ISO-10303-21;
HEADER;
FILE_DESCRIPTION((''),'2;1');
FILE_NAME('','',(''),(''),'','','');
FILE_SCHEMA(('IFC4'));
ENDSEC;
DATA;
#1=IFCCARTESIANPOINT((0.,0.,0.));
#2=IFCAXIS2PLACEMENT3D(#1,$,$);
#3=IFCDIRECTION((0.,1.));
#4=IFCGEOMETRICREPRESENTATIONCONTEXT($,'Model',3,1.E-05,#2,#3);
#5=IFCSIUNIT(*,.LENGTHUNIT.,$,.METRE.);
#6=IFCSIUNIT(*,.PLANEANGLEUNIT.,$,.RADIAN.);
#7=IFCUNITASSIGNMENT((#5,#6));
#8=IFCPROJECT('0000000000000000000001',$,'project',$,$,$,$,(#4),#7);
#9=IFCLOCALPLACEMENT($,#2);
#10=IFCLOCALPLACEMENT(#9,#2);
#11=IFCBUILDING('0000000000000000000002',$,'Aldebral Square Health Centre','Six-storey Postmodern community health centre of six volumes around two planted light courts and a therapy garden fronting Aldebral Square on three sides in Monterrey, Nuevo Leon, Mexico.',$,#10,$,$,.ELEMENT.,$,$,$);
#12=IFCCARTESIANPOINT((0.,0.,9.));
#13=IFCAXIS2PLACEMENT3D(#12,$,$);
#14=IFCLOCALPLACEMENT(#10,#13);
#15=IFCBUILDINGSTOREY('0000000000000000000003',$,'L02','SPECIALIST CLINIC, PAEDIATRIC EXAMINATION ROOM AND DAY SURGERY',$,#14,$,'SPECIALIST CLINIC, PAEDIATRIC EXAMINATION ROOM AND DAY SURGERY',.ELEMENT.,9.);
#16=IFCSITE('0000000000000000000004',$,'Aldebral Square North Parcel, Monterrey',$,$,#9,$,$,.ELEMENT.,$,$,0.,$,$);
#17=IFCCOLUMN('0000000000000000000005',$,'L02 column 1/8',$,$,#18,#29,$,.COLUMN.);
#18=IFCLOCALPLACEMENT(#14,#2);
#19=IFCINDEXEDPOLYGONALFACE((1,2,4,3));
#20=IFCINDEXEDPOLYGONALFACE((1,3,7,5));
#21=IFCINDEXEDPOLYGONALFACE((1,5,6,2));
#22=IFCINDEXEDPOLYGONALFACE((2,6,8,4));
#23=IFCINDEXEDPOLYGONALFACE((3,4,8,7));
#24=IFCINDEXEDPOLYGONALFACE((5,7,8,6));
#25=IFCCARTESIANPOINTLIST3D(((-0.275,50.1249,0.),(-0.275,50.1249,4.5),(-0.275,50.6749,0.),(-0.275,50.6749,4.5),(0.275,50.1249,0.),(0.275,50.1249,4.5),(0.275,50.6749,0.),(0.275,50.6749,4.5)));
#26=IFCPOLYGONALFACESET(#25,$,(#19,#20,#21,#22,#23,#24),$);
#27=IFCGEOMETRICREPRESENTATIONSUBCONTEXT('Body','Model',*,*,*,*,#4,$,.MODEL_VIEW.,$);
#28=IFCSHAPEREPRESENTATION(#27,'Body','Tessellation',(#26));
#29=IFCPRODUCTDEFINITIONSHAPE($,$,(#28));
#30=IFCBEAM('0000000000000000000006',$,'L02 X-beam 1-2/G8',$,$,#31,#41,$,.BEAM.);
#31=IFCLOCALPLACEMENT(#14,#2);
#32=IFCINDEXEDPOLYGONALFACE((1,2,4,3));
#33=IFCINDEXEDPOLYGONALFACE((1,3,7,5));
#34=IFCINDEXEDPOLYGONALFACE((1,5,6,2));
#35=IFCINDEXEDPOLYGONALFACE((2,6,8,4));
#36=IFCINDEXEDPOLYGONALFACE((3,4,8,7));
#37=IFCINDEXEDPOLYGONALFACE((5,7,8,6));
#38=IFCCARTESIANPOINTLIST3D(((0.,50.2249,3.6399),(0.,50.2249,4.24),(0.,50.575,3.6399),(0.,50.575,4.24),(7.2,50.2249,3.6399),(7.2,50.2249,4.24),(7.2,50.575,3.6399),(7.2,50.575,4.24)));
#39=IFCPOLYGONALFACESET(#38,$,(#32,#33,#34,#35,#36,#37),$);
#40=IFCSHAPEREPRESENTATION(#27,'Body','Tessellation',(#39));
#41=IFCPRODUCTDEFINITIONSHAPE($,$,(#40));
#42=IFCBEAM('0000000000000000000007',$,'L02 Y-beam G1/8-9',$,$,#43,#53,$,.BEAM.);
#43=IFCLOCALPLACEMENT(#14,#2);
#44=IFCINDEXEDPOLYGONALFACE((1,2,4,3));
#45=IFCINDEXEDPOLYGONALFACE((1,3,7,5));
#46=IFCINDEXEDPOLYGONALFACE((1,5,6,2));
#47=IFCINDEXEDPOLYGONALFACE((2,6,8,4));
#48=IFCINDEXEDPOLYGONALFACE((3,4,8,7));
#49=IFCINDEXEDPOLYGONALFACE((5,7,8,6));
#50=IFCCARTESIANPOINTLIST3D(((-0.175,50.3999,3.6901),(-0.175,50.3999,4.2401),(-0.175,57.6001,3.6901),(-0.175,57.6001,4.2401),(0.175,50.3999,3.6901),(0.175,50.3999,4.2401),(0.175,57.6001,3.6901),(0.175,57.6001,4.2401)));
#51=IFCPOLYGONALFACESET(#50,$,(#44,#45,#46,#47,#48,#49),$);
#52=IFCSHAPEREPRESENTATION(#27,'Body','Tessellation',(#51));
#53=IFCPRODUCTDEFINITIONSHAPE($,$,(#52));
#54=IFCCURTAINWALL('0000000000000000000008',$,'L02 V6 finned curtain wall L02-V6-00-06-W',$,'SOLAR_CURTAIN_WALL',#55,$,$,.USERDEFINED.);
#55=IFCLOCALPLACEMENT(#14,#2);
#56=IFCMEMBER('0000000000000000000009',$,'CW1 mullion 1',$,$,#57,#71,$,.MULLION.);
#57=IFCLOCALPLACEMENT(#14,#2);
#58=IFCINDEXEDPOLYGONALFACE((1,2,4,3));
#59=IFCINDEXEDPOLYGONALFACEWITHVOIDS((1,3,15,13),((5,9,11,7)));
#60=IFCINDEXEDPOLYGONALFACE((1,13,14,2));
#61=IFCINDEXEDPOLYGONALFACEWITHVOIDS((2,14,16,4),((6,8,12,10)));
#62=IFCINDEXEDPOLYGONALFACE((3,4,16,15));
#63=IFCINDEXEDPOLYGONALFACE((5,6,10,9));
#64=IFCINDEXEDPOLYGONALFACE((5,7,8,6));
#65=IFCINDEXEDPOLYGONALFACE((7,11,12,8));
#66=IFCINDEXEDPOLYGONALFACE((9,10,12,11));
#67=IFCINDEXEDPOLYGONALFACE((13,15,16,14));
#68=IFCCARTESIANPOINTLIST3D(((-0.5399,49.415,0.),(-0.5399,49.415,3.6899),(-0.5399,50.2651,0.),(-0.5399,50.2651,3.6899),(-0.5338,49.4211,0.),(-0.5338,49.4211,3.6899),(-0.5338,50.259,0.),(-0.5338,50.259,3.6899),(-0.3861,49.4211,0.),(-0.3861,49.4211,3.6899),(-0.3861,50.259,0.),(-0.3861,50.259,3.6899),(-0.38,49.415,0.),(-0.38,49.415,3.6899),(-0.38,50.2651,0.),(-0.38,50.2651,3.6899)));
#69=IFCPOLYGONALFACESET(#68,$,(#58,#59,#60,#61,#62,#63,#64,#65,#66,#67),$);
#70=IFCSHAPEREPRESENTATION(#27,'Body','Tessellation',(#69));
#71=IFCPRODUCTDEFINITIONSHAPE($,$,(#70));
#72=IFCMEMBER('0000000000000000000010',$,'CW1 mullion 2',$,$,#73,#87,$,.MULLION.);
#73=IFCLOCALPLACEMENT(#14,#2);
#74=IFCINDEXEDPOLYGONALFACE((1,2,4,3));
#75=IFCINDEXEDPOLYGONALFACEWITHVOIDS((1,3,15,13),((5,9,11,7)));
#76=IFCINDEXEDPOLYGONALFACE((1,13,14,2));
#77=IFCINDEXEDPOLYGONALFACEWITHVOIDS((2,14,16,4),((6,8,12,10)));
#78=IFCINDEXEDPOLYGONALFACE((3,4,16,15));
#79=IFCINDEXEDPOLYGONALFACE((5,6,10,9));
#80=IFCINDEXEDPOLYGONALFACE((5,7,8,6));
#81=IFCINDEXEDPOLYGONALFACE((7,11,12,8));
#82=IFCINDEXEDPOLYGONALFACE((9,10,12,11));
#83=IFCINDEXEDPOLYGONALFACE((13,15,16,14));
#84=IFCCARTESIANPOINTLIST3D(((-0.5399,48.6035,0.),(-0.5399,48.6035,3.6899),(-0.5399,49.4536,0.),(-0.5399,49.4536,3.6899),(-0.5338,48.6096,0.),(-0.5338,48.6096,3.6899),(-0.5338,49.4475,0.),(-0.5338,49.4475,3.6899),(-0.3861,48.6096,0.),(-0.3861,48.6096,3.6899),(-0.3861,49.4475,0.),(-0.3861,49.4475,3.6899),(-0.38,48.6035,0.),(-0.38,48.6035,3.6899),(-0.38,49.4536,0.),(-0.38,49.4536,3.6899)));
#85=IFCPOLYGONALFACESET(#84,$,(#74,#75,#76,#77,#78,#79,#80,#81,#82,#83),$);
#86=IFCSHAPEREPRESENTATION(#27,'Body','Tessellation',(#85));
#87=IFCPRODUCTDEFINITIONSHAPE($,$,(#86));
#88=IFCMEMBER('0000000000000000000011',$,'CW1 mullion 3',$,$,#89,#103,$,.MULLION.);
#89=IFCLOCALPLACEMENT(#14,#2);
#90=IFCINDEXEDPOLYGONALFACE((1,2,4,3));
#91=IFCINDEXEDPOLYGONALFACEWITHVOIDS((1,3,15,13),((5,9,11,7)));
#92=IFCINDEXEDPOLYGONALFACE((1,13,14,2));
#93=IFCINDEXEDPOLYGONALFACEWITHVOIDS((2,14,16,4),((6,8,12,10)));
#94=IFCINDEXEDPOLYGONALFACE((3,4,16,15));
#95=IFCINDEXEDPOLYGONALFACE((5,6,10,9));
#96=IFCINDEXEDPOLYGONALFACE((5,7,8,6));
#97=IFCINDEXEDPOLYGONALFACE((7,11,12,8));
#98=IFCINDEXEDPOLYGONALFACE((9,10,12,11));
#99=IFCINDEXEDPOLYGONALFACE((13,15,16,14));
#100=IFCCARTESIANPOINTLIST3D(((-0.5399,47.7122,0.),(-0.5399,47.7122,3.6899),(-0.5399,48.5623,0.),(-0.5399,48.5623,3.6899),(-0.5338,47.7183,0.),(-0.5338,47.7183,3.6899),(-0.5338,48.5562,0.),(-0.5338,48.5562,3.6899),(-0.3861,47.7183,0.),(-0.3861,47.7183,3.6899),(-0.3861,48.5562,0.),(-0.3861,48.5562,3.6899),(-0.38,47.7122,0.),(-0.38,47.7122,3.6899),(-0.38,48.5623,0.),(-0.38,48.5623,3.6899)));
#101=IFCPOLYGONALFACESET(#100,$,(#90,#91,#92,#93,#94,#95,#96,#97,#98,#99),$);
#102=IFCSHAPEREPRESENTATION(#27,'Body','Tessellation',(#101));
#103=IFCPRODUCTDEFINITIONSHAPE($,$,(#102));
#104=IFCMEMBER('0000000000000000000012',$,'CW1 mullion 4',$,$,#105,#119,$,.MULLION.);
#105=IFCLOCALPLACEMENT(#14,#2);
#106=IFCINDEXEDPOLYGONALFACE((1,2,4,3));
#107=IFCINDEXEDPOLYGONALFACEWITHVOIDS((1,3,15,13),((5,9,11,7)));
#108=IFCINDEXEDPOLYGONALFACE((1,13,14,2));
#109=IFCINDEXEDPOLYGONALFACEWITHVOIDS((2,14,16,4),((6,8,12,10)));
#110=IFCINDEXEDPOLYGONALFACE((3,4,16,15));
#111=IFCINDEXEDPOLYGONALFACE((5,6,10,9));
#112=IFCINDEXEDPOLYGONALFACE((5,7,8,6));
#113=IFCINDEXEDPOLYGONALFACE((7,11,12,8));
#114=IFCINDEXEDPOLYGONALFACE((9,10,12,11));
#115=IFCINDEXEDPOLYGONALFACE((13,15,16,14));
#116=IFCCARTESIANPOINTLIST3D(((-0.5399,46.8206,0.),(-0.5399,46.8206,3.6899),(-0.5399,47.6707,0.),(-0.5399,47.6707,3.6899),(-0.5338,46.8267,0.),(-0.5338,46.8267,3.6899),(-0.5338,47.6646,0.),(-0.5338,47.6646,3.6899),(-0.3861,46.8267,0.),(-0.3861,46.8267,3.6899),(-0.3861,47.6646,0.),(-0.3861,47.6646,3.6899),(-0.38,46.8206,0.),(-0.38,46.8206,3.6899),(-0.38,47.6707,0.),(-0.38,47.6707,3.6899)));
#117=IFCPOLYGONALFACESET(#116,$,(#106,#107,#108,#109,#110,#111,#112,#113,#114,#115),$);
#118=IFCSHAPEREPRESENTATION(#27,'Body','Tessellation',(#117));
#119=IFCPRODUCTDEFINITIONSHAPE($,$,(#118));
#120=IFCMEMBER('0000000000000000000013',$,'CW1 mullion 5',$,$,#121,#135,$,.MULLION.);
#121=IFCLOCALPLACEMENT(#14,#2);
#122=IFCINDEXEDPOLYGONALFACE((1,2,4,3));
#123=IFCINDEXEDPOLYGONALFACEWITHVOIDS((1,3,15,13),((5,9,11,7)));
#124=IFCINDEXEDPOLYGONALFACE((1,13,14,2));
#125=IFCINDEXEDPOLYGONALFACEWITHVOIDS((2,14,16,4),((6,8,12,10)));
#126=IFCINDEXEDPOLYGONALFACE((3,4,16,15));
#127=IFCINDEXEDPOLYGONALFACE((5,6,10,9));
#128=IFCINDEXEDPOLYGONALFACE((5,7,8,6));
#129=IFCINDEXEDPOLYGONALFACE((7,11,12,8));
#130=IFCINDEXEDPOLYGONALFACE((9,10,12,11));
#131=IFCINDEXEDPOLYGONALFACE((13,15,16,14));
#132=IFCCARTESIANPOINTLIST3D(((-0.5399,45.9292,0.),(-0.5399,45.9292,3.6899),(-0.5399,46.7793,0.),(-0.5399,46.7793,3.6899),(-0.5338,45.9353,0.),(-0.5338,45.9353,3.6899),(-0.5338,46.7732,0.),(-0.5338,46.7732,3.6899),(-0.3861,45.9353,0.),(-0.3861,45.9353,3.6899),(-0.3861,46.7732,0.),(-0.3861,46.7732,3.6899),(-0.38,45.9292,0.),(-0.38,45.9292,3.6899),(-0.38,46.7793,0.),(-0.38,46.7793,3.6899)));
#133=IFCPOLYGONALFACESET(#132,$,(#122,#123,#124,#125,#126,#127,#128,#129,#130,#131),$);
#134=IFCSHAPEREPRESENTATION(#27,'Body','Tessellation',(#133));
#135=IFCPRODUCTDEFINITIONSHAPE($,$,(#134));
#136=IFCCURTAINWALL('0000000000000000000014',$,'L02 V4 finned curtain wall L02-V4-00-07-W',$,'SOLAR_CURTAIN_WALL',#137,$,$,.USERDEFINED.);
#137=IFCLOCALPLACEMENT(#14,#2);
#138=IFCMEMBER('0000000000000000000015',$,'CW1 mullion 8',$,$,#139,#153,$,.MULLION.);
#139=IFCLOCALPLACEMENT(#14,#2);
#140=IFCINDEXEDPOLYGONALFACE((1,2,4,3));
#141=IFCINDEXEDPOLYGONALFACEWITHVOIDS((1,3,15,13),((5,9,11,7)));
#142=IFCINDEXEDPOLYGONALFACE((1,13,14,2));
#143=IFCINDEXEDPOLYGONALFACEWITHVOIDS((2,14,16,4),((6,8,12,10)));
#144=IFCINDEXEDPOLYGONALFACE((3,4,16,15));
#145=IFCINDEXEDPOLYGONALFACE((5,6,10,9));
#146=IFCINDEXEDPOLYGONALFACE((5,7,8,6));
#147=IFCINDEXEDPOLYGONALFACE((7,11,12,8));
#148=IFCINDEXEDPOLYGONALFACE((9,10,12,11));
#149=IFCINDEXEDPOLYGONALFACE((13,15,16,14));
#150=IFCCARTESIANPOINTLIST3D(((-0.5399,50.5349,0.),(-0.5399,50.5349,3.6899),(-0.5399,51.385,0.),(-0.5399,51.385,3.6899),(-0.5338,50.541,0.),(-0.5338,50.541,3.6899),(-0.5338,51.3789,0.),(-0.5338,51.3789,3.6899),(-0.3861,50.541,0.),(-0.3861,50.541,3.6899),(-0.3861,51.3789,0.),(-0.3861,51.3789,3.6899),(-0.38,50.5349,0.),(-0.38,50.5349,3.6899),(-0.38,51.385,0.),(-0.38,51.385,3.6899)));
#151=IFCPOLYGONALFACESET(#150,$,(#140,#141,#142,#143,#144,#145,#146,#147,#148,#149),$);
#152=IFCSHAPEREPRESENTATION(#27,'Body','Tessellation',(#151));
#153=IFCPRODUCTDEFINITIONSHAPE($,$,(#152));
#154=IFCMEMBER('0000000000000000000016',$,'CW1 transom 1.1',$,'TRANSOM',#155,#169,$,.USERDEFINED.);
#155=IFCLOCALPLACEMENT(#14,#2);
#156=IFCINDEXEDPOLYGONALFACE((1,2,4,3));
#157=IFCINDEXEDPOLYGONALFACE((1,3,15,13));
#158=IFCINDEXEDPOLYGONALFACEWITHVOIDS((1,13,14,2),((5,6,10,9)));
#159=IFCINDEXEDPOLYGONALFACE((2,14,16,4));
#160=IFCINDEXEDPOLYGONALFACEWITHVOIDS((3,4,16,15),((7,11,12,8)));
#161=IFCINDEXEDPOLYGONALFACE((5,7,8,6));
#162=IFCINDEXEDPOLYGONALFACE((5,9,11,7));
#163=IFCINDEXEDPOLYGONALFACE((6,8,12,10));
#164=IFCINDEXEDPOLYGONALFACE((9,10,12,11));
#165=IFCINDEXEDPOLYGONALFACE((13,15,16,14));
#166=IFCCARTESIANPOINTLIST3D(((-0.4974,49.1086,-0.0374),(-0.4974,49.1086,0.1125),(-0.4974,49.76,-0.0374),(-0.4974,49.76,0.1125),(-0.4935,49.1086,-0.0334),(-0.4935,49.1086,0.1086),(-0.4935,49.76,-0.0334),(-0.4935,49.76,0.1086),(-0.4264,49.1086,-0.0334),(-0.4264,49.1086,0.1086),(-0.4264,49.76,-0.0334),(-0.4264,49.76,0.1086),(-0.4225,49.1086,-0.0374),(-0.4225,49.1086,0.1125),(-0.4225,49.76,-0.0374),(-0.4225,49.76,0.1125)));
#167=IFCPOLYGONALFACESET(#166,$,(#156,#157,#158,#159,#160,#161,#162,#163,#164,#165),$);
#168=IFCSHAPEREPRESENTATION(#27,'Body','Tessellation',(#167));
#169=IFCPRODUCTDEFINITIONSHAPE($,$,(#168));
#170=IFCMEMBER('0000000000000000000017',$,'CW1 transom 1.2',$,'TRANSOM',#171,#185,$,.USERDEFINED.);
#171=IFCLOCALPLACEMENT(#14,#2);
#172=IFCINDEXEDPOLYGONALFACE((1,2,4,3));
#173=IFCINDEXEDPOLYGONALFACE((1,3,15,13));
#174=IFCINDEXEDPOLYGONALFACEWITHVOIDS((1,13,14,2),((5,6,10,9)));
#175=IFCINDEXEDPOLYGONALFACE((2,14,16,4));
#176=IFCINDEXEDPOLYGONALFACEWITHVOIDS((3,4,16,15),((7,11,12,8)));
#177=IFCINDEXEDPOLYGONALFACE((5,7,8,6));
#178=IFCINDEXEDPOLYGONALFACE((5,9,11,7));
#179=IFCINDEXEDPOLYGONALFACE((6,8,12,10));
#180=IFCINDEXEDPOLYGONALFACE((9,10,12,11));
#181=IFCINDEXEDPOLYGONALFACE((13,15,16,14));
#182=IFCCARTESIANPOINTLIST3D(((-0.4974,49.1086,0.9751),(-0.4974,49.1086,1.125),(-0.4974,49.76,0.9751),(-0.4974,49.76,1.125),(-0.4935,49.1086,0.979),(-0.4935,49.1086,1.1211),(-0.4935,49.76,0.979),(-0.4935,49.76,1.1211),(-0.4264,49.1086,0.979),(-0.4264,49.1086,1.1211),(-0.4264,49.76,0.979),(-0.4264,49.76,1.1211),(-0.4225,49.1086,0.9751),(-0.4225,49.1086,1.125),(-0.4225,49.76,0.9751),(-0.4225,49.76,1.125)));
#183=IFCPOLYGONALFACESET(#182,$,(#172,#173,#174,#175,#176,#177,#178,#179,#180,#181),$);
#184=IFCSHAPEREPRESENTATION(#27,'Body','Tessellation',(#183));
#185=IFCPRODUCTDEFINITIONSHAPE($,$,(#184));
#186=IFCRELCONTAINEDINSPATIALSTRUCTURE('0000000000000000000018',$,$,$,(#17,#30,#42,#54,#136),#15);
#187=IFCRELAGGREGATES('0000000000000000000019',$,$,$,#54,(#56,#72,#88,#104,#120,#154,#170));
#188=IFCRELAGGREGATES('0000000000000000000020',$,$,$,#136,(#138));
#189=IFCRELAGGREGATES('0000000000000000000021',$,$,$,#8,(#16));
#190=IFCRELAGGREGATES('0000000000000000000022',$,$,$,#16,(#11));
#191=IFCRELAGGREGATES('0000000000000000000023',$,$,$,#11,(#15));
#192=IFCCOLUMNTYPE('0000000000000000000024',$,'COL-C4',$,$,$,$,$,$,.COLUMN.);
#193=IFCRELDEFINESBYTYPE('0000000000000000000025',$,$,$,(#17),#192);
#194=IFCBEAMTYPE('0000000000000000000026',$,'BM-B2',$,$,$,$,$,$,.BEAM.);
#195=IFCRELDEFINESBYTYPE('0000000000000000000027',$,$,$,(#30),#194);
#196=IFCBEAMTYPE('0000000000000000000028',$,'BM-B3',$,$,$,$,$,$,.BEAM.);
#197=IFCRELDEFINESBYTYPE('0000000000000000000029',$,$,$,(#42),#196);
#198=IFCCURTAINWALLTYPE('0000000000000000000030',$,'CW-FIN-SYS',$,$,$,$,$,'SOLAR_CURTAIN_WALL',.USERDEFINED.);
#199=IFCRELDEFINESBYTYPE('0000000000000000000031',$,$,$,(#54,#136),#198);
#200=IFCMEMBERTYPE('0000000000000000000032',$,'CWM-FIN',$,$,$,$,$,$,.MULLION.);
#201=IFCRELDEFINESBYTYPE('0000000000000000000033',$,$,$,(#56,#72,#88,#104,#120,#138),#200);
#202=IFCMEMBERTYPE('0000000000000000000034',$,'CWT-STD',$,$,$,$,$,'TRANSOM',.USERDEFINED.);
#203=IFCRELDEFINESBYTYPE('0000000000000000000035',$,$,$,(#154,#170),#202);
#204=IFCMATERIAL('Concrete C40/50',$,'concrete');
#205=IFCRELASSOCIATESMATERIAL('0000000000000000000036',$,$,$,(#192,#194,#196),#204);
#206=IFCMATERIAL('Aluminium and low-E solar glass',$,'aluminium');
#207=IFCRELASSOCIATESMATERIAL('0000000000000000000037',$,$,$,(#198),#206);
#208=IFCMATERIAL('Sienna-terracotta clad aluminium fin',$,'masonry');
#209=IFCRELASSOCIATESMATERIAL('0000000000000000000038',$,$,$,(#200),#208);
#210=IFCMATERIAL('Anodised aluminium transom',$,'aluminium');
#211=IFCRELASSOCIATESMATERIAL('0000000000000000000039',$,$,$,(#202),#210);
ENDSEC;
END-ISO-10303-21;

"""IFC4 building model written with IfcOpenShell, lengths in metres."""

from ifc_helpers import new_model, si_unit, direction, frame, origin, origin_2d, place, context, subcontext, project, spatial, rectangle, hollow_rectangle, extrude, material, material_profile, profile_set, type_object, element, aggregate, save


model = new_model("IFC4")

# Units and contexts
model_context = context("Model", 3, precision=1e-05, world=origin(), true_north=direction((0.0, 1.0)))
body_context = subcontext(model_context, "Body", "Model", "MODEL_VIEW")
ifc_project = project(units=[si_unit("LENGTHUNIT", "METRE"), si_unit("PLANEANGLEUNIT", "RADIAN")], contexts=[model_context])

# Site, building, storey
site_placement = place(None, origin())
site = spatial("IfcSite", under=ifc_project, at=site_placement, Name="Aldebral Square North Parcel, Monterrey", CompositionType="ELEMENT", RefElevation=0.0)
building_placement = place(site_placement, origin())
building = spatial("IfcBuilding", under=site, at=building_placement, Name="Aldebral Square Health Centre", Description="Six-storey Postmodern community health centre of six volumes around two planted light courts and a therapy garden fronting Aldebral Square on three sides in Monterrey, Nuevo Leon, Mexico.", CompositionType="ELEMENT")
storey_placement = place(building_placement, frame((0.0, 0.0, 9.0)))
storey = spatial("IfcBuildingStorey", under=building, at=storey_placement, Name="L02", Description="SPECIALIST CLINIC, PAEDIATRIC EXAMINATION ROOM AND DAY SURGERY", LongName="SPECIALIST CLINIC, PAEDIATRIC EXAMINATION ROOM AND DAY SURGERY", CompositionType="ELEMENT", Elevation=9.0)

# Column
ifc_material_1 = material(Name="Concrete C40/50", Category="concrete")
ifc_material_profile_1 = material_profile(ifc_material_1, rectangle(XDim=0.55, YDim=0.55, at=origin_2d()), Name="RC 550x550")
ifc_profile_set_1 = profile_set([ifc_material_profile_1], Name="Concrete C40/50")
column_type = type_object("IfcColumnType", Name="COL-C4", PredefinedType="COLUMN", material=ifc_profile_set_1)
column_placement = place(storey_placement, frame((0.0, 50.3999, 0.0), z_axis=(0.0, 0.0, 1.0), x_axis=(1.0, 0.0, 0.0)))
element("IfcColumn", 1, at=column_placement, inside=storey, type_object=column_type, Name="L02 column 1/8", PredefinedType="COLUMN", context=body_context, shape_type="SweptSolid", body=[
    extrude(rectangle(XDim=0.55, YDim=0.55, at=origin_2d()), origin(), (0.0, 0.0, 1.0), 4.5),
])

# Beams
ifc_material_profile_2 = material_profile(ifc_material_1, rectangle(XDim=0.3501, YDim=0.6001, at=origin_2d()), Name="RC 350x600")
ifc_profile_set_2 = profile_set([ifc_material_profile_2], Name="Concrete C40/50")
beam_type_1 = type_object("IfcBeamType", Name="BM-B2", PredefinedType="BEAM", material=ifc_profile_set_2)
beam_1_placement = place(storey_placement, frame((0.0, 50.3999, 3.9399), z_axis=(1.0, 0.0, 0.0), x_axis=(0.0, 1.0, 0.0)))
element("IfcBeam", 2, at=beam_1_placement, inside=storey, type_object=beam_type_1, Name="L02 X-beam 1-2/G8", PredefinedType="BEAM", context=body_context, shape_type="SweptSolid", body=[
    extrude(rectangle(XDim=0.3501, YDim=0.6001, at=origin_2d()), origin(), (0.0, 0.0, 1.0), 7.2),
])
ifc_material_profile_3 = material_profile(ifc_material_1, rectangle(XDim=0.3501, YDim=0.55, at=origin_2d()), Name="RC 350x550")
ifc_profile_set_3 = profile_set([ifc_material_profile_3], Name="Concrete C40/50")
beam_type_2 = type_object("IfcBeamType", Name="BM-B3", PredefinedType="BEAM", material=ifc_profile_set_3)
beam_2_placement = place(storey_placement, frame((0.0, 50.3999, 3.9651), z_axis=(0.0, 1.0, 0.0), x_axis=(-1.0, 0.0, 0.0)))
element("IfcBeam", 3, at=beam_2_placement, inside=storey, type_object=beam_type_2, Name="L02 Y-beam G1/8-9", PredefinedType="BEAM", context=body_context, shape_type="SweptSolid", body=[
    extrude(rectangle(XDim=0.3501, YDim=0.55, at=origin_2d()), origin(), (0.0, 0.0, 1.0), 7.2002),
])

# Curtain wall, members
ifc_material_2 = material(Name="Aluminium and low-E solar glass", Category="aluminium")
curtain_wall_type = type_object("IfcCurtainWallType", Name="CW-FIN-SYS", ElementType="SOLAR_CURTAIN_WALL", PredefinedType="USERDEFINED", material=ifc_material_2)
curtain_wall_1_placement = place(storey_placement, origin())
curtain_wall_1 = element("IfcCurtainWall", 4, at=curtain_wall_1_placement, inside=storey, type_object=curtain_wall_type, Name="L02 V6 finned curtain wall L02-V6-00-06-W", ObjectType="SOLAR_CURTAIN_WALL", PredefinedType="USERDEFINED")
ifc_material_3 = material(Name="Sienna-terracotta clad aluminium fin", Category="masonry")
ifc_material_profile_4 = material_profile(ifc_material_3, hollow_rectangle(XDim=0.1599, YDim=0.8501, WallThickness=0.0061, at=origin_2d()), Name="FIN 160x850x6")
ifc_profile_set_4 = profile_set([ifc_material_profile_4], Name="Sienna-terracotta clad aluminium fin")
member_type_1 = type_object("IfcMemberType", Name="CWM-FIN", PredefinedType="MULLION", material=ifc_profile_set_4)
member_1_placement = place(storey_placement, frame((-0.46, 49.8401, 0.0), z_axis=(0.0, 0.0, 1.0), x_axis=(1.0, 0.0, 0.0)))
member_1 = element("IfcMember", 5, at=member_1_placement, type_object=member_type_1, Name="CW1 mullion 1", PredefinedType="MULLION", context=body_context, shape_type="SweptSolid", body=[
    extrude(hollow_rectangle(XDim=0.1599, YDim=0.8501, WallThickness=0.0061, at=origin_2d()), origin(), (0.0, 0.0, 1.0), 3.6899),
])
member_2_placement = place(storey_placement, frame((-0.46, 49.0286, 0.0), z_axis=(0.0, 0.0, 1.0), x_axis=(1.0, 0.0, 0.0)))
member_2 = element("IfcMember", 6, at=member_2_placement, type_object=member_type_1, Name="CW1 mullion 2", PredefinedType="MULLION", context=body_context, shape_type="SweptSolid", body=[
    extrude(hollow_rectangle(XDim=0.1599, YDim=0.8501, WallThickness=0.0061, at=origin_2d()), origin(), (0.0, 0.0, 1.0), 3.6899),
])
member_3_placement = place(storey_placement, frame((-0.46, 48.1372, 0.0), z_axis=(0.0, 0.0, 1.0), x_axis=(1.0, 0.0, 0.0)))
member_3 = element("IfcMember", 7, at=member_3_placement, type_object=member_type_1, Name="CW1 mullion 3", PredefinedType="MULLION", context=body_context, shape_type="SweptSolid", body=[
    extrude(hollow_rectangle(XDim=0.1599, YDim=0.8501, WallThickness=0.0061, at=origin_2d()), origin(), (0.0, 0.0, 1.0), 3.6899),
])
member_4_placement = place(storey_placement, frame((-0.46, 47.2456, 0.0), z_axis=(0.0, 0.0, 1.0), x_axis=(1.0, 0.0, 0.0)))
member_4 = element("IfcMember", 8, at=member_4_placement, type_object=member_type_1, Name="CW1 mullion 4", PredefinedType="MULLION", context=body_context, shape_type="SweptSolid", body=[
    extrude(hollow_rectangle(XDim=0.1599, YDim=0.8501, WallThickness=0.0061, at=origin_2d()), origin(), (0.0, 0.0, 1.0), 3.6899),
])
member_5_placement = place(storey_placement, frame((-0.46, 46.3542, 0.0), z_axis=(0.0, 0.0, 1.0), x_axis=(1.0, 0.0, 0.0)))
member_5 = element("IfcMember", 9, at=member_5_placement, type_object=member_type_1, Name="CW1 mullion 5", PredefinedType="MULLION", context=body_context, shape_type="SweptSolid", body=[
    extrude(hollow_rectangle(XDim=0.1599, YDim=0.8501, WallThickness=0.0061, at=origin_2d()), origin(), (0.0, 0.0, 1.0), 3.6899),
])

# Curtain wall, member
curtain_wall_2_placement = place(storey_placement, origin())
curtain_wall_2 = element("IfcCurtainWall", 10, at=curtain_wall_2_placement, inside=storey, type_object=curtain_wall_type, Name="L02 V4 finned curtain wall L02-V4-00-07-W", ObjectType="SOLAR_CURTAIN_WALL", PredefinedType="USERDEFINED")
member_6_placement = place(storey_placement, frame((-0.46, 50.96, 0.0), z_axis=(0.0, 0.0, 1.0), x_axis=(1.0, 0.0, 0.0)))
member_6 = element("IfcMember", 11, at=member_6_placement, type_object=member_type_1, Name="CW1 mullion 8", PredefinedType="MULLION", context=body_context, shape_type="SweptSolid", body=[
    extrude(hollow_rectangle(XDim=0.1599, YDim=0.8501, WallThickness=0.0061, at=origin_2d()), origin(), (0.0, 0.0, 1.0), 3.6899),
])

# Members
ifc_material_4 = material(Name="Anodised aluminium transom", Category="aluminium")
ifc_material_profile_5 = material_profile(ifc_material_4, hollow_rectangle(XDim=0.075, YDim=0.1499, WallThickness=0.0039, at=origin_2d()), Name="CWT 75x150x4")
ifc_profile_set_5 = profile_set([ifc_material_profile_5], Name="Anodised aluminium transom")
member_type_2 = type_object("IfcMemberType", Name="CWT-STD", ElementType="TRANSOM", PredefinedType="USERDEFINED", material=ifc_profile_set_5)
member_7_placement = place(storey_placement, frame((-0.46, 49.76, 0.0376), z_axis=(0.0, -1.0, 0.0), x_axis=(1.0, 0.0, 0.0)))
member_7 = element("IfcMember", 12, at=member_7_placement, type_object=member_type_2, Name="CW1 transom 1.1", ObjectType="TRANSOM", PredefinedType="USERDEFINED", context=body_context, shape_type="SweptSolid", body=[
    extrude(hollow_rectangle(XDim=0.075, YDim=0.1499, WallThickness=0.0039, at=origin_2d()), origin(), (0.0, 0.0, 1.0), 0.6514),
])
member_8_placement = place(storey_placement, frame((-0.46, 49.76, 1.05), z_axis=(0.0, -1.0, 0.0), x_axis=(1.0, 0.0, 0.0)))
member_8 = element("IfcMember", 13, at=member_8_placement, type_object=member_type_2, Name="CW1 transom 1.2", ObjectType="TRANSOM", PredefinedType="USERDEFINED", context=body_context, shape_type="SweptSolid", body=[
    extrude(hollow_rectangle(XDim=0.075, YDim=0.1499, WallThickness=0.0039, at=origin_2d()), origin(), (0.0, 0.0, 1.0), 0.6514),
])

aggregate(curtain_wall_1, [member_1, member_2, member_3, member_4, member_5, member_7, member_8])
aggregate(curtain_wall_2, [member_6])

save(model, "model.ifc")
